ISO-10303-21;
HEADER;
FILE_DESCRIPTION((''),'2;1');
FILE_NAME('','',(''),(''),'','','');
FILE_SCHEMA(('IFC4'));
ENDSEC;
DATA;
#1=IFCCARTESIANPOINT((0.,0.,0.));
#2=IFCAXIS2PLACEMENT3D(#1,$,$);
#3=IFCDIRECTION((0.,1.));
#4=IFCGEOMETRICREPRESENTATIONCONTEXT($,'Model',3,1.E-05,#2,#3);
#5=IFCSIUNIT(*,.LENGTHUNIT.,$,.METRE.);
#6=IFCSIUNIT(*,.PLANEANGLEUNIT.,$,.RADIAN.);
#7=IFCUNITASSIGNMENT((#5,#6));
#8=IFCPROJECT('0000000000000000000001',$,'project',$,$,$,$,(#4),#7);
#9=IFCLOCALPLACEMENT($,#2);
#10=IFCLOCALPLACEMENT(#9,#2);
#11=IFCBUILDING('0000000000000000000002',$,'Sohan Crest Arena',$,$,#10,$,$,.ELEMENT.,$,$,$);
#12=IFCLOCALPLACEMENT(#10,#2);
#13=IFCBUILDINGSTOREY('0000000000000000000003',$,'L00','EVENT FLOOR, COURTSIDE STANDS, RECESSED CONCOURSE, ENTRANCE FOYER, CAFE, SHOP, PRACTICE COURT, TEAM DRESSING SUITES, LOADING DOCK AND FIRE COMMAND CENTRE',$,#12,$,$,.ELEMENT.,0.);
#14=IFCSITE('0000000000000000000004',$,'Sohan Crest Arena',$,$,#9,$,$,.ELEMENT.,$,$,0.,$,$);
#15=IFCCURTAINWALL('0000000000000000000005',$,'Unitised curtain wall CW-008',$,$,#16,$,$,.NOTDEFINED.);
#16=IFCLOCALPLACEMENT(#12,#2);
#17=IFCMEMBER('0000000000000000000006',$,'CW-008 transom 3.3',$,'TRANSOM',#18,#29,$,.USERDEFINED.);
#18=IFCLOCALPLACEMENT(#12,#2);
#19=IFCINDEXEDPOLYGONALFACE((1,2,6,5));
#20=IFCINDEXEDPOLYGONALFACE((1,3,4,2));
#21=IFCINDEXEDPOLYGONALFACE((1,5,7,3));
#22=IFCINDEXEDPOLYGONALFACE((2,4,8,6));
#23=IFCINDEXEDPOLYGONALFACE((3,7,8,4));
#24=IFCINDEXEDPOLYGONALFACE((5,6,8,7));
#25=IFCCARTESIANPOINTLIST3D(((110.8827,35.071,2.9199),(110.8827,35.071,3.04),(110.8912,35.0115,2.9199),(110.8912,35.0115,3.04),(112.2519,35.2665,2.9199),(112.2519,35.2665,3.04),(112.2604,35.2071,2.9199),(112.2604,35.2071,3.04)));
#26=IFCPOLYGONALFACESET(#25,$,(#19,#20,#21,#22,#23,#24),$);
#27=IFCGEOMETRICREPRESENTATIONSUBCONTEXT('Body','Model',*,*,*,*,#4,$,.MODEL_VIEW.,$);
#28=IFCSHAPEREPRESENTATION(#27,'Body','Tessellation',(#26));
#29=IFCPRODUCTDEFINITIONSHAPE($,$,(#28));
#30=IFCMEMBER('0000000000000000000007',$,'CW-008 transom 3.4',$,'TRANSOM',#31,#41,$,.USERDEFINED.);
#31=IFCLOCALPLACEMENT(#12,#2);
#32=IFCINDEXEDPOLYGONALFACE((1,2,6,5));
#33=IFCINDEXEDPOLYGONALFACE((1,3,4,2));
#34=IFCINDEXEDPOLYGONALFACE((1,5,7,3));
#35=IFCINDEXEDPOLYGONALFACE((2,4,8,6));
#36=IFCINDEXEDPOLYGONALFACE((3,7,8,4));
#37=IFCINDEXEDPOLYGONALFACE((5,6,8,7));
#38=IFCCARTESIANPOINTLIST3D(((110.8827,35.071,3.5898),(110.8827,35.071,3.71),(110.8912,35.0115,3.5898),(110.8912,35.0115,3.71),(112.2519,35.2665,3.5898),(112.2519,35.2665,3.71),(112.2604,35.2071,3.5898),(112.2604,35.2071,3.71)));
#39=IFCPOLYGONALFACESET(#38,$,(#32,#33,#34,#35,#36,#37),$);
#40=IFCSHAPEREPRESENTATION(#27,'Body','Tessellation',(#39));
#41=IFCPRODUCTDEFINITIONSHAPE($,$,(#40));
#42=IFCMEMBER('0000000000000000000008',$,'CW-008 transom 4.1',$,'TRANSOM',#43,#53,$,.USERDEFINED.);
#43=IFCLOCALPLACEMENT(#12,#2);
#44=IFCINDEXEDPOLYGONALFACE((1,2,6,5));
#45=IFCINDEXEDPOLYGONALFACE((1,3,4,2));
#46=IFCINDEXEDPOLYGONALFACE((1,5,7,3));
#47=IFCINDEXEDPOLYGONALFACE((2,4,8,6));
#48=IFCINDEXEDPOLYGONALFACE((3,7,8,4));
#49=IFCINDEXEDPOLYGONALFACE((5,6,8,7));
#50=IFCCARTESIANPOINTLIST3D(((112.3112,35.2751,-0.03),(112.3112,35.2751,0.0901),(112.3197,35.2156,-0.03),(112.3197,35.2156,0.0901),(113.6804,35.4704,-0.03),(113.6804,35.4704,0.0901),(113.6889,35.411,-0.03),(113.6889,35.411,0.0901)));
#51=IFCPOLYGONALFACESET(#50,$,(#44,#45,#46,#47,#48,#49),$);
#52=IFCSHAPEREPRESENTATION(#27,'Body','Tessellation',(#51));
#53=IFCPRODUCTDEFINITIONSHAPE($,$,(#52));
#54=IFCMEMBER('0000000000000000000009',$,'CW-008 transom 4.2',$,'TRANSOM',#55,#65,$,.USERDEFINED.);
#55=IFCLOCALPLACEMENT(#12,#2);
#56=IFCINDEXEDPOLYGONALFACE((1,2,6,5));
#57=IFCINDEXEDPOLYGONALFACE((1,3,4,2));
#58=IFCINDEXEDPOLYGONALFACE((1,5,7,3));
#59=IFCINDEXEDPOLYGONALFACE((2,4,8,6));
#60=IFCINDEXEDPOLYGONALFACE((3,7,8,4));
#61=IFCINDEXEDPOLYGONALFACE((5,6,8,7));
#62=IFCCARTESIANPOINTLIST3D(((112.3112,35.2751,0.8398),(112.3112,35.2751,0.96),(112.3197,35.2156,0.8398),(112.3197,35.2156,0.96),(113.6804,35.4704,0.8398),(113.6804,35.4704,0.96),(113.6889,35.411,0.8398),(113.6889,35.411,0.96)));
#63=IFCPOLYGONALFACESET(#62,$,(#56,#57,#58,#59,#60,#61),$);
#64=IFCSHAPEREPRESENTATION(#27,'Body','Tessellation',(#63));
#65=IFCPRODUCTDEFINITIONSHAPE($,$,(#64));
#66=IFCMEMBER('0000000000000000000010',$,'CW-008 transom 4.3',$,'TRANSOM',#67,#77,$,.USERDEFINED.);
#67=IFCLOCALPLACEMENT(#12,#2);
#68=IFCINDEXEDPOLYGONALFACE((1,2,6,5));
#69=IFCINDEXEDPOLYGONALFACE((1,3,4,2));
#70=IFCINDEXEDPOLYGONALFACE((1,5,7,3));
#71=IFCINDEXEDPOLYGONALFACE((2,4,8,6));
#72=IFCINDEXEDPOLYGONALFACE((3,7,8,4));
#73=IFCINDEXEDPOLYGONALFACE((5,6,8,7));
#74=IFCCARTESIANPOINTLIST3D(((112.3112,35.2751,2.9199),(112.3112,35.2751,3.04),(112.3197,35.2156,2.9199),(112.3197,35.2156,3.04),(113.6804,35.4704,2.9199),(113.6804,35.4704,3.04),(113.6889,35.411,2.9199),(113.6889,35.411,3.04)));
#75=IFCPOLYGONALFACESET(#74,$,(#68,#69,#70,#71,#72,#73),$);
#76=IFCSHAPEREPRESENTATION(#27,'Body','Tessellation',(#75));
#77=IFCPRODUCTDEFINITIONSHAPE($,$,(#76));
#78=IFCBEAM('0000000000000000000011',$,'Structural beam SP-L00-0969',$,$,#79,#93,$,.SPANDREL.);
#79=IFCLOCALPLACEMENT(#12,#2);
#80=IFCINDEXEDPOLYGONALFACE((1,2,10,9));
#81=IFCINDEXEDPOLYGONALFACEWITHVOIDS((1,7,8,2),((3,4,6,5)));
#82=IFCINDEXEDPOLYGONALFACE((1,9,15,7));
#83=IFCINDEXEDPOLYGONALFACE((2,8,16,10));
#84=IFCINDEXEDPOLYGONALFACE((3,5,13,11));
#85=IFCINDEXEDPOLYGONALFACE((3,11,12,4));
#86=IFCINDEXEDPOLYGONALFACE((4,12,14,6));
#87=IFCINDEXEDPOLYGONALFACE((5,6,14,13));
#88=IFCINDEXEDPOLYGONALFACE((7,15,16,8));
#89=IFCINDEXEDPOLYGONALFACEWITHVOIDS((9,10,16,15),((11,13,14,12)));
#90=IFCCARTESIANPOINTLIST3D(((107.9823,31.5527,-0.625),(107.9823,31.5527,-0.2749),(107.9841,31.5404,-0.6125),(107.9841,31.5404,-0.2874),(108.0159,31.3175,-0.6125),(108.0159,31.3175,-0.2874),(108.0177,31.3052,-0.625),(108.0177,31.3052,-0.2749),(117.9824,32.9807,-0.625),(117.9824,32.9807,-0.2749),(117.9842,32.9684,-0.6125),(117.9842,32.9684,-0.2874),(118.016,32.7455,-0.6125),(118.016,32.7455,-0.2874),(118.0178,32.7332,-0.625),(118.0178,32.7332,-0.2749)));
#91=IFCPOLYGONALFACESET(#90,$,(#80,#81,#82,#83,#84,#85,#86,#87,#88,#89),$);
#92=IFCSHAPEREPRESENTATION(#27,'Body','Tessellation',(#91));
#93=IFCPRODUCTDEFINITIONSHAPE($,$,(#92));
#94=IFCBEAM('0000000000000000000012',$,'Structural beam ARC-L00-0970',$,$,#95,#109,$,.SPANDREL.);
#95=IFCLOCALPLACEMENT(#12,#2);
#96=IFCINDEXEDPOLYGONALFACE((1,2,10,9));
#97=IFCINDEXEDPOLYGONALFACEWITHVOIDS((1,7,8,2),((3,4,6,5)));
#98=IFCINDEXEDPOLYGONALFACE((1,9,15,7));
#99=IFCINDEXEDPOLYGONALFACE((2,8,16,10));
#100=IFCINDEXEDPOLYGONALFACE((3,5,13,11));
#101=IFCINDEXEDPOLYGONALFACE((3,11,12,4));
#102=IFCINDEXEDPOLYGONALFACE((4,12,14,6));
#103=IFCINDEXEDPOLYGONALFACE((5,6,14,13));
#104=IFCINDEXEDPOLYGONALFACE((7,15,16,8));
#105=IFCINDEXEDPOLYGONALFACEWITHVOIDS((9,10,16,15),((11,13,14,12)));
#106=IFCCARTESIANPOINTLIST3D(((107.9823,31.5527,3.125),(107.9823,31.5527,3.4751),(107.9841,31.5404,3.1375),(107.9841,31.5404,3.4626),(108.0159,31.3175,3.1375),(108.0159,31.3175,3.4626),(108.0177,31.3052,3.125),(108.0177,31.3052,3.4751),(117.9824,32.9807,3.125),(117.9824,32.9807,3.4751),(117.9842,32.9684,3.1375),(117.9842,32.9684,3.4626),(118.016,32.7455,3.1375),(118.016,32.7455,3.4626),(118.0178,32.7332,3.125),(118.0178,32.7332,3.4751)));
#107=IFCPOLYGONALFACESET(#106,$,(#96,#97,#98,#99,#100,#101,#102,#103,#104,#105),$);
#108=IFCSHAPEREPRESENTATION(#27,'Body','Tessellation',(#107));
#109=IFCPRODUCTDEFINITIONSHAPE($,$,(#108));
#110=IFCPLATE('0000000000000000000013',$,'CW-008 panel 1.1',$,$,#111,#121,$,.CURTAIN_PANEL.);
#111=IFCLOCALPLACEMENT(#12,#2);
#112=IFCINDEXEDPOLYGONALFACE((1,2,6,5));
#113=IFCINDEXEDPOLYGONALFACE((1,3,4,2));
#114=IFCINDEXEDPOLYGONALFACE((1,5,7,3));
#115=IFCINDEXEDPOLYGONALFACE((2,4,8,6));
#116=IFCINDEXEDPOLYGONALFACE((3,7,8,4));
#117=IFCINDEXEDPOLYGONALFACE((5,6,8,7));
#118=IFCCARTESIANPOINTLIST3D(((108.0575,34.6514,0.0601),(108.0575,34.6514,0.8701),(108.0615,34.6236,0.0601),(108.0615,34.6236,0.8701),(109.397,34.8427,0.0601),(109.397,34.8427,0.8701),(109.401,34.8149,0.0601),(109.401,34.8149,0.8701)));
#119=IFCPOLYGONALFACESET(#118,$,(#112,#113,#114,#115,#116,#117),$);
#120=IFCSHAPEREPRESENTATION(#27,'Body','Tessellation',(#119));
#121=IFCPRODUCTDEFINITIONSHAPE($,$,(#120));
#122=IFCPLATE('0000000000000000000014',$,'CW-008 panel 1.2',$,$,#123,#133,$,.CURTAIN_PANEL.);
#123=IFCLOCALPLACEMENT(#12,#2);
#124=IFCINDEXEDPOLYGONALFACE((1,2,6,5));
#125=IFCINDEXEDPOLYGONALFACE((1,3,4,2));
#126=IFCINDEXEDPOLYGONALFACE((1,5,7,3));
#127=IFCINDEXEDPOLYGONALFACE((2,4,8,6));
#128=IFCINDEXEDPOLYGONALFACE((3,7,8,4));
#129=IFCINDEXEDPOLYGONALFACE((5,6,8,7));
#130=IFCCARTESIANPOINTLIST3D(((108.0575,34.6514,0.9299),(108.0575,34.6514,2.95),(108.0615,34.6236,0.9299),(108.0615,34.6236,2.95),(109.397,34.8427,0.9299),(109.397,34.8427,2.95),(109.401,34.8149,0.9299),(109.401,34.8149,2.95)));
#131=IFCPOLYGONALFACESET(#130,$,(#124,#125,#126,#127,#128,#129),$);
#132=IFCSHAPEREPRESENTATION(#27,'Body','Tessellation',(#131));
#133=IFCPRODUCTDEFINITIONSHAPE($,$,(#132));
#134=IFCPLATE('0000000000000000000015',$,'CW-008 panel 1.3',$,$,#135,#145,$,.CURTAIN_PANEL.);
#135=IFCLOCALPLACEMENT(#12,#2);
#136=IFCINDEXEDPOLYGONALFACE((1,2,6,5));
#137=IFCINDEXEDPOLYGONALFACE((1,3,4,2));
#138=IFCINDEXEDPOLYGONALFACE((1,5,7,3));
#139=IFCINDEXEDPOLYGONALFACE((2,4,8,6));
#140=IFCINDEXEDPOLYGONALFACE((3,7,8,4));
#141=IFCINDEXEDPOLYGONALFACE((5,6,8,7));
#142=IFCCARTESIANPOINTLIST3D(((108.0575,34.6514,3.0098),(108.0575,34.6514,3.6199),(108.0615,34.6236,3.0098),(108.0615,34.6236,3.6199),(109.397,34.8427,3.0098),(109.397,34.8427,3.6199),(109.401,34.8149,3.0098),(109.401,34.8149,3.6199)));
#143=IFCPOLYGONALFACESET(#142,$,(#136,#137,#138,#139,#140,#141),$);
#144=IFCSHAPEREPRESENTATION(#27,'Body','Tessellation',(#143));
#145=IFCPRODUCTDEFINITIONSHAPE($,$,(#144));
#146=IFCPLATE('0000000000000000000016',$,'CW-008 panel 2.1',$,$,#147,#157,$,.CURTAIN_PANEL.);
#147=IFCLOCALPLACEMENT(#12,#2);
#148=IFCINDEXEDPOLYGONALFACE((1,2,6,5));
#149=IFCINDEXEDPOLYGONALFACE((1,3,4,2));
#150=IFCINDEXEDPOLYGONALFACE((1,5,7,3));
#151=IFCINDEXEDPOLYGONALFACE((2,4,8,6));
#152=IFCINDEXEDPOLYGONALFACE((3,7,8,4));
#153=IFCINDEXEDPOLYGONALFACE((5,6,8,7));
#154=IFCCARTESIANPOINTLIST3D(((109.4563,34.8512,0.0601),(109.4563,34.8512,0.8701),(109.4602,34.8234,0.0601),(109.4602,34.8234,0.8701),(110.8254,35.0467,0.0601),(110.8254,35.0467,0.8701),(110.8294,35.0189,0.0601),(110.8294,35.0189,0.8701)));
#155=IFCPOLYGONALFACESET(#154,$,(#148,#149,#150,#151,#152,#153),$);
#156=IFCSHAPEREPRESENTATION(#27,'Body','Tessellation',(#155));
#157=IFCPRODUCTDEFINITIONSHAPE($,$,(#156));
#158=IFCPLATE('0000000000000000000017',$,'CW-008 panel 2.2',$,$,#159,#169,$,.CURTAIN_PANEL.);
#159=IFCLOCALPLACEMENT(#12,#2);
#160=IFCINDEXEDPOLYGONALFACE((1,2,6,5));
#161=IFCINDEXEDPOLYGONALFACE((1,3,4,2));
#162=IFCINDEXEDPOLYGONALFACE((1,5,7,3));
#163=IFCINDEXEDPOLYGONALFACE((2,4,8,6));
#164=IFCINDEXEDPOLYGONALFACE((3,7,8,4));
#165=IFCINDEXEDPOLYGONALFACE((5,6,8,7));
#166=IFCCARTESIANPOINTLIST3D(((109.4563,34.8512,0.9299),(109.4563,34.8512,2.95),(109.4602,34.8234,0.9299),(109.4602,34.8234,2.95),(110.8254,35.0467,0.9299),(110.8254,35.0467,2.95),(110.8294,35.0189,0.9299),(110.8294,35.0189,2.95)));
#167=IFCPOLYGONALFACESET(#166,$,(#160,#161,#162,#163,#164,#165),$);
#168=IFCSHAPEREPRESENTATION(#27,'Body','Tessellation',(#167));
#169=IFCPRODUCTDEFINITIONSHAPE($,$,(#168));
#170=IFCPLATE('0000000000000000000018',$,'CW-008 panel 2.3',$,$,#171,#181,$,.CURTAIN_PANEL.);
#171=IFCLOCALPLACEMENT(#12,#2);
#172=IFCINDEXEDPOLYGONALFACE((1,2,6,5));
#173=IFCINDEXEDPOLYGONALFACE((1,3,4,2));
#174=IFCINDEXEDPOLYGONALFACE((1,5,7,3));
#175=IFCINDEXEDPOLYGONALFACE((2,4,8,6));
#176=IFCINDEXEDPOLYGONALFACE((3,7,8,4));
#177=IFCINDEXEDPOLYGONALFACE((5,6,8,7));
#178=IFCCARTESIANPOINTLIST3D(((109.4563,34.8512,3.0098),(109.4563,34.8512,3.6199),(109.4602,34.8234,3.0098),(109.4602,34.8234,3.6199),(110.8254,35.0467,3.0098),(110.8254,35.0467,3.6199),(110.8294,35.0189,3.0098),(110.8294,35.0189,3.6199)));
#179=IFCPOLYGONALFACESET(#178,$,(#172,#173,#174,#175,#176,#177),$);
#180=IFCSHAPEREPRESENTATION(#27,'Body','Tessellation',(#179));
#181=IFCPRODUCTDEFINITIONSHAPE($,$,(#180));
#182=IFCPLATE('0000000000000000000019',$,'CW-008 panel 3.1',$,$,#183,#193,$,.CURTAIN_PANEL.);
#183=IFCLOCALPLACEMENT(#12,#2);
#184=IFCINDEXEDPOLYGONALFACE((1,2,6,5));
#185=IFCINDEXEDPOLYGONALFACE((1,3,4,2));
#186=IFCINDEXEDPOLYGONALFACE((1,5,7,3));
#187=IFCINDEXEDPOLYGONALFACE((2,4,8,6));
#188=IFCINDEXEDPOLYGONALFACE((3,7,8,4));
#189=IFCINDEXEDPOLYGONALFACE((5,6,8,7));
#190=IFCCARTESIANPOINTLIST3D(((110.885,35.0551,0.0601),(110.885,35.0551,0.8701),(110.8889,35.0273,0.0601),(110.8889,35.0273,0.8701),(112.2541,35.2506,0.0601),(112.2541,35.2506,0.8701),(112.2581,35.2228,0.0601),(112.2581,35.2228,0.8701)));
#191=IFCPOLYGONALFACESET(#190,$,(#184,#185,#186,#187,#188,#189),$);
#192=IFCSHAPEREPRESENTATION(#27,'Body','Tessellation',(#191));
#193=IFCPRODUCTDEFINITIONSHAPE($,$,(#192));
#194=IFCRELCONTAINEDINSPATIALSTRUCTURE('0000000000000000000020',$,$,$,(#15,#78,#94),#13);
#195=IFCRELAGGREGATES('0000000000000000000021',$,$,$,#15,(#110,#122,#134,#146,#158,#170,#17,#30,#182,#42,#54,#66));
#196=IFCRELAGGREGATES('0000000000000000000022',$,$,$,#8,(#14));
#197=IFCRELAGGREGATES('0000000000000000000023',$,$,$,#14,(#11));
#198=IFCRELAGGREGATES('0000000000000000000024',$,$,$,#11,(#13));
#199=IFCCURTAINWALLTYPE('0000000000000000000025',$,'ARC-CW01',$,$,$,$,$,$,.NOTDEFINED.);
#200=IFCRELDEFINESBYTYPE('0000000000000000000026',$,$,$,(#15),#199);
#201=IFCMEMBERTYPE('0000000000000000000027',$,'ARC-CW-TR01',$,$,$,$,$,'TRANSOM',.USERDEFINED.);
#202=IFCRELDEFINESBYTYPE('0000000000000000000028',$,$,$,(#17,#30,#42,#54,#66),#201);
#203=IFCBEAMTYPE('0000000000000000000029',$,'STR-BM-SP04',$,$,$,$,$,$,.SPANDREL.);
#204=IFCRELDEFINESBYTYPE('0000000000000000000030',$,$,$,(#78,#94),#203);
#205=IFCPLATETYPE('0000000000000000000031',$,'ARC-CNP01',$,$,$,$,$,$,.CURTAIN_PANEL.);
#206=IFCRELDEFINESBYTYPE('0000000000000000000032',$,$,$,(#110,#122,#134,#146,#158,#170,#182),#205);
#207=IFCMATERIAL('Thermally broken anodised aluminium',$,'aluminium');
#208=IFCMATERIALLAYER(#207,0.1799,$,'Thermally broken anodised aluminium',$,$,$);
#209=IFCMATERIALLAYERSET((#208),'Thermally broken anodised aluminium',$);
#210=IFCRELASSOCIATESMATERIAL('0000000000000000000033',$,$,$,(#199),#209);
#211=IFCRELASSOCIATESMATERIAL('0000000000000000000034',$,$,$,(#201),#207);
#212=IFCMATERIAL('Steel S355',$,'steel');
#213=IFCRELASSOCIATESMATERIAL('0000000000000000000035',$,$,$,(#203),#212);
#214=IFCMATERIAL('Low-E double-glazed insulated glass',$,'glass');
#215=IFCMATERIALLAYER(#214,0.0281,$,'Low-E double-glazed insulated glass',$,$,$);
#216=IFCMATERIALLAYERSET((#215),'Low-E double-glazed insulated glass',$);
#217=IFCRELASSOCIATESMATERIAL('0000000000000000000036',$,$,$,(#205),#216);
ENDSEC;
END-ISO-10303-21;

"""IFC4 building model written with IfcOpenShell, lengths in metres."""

from ifc_helpers import new_model, si_unit, direction, frame, origin, origin_2d, place, context, subcontext, project, spatial, rectangle, hollow_rectangle, extrude, material, layer, layer_set, material_profile, profile_set, type_object, element, aggregate, save


model = new_model("IFC4")

# Units and contexts
model_context = context("Model", 3, precision=1e-05, world=origin(), true_north=direction((0.0, 1.0)))
body_context = subcontext(model_context, "Body", "Model", "MODEL_VIEW")
ifc_project = project(units=[si_unit("LENGTHUNIT", "METRE"), si_unit("PLANEANGLEUNIT", "RADIAN")], contexts=[model_context])

# Site, building, storey
site_placement = place(None, origin())
site = spatial("IfcSite", under=ifc_project, at=site_placement, Name="Sohan Crest Arena", CompositionType="ELEMENT", RefElevation=0.0)
building_placement = place(site_placement, origin())
building = spatial("IfcBuilding", under=site, at=building_placement, Name="Sohan Crest Arena", CompositionType="ELEMENT")
storey_placement = place(building_placement, origin())
storey = spatial("IfcBuildingStorey", under=building, at=storey_placement, Name="L00", Description="EVENT FLOOR, COURTSIDE STANDS, RECESSED CONCOURSE, ENTRANCE FOYER, CAFE, SHOP, PRACTICE COURT, TEAM DRESSING SUITES, LOADING DOCK AND FIRE COMMAND CENTRE", CompositionType="ELEMENT", Elevation=0.0)

# Curtain wall, members
ifc_material_1 = material(Name="Thermally broken anodised aluminium", Category="aluminium")
ifc_layer_1 = layer(ifc_material_1, 0.1799, Name="Thermally broken anodised aluminium")
ifc_layer_set_1 = layer_set([ifc_layer_1], Name="Thermally broken anodised aluminium")
curtain_wall_type = type_object("IfcCurtainWallType", Name="ARC-CW01", PredefinedType="NOTDEFINED", material=ifc_layer_set_1)
curtain_wall_placement = place(storey_placement, origin())
curtain_wall = element("IfcCurtainWall", 1, at=curtain_wall_placement, inside=storey, type_object=curtain_wall_type, Name="Unitised curtain wall CW-008", PredefinedType="NOTDEFINED")
ifc_material_profile_1 = material_profile(ifc_material_1, rectangle(XDim=0.0601, YDim=0.1201, at=origin_2d()), Name="ALU-TRAN 60x120")
ifc_profile_set_1 = profile_set([ifc_material_profile_1], Name="Thermally broken anodised aluminium")
member_type_1 = type_object("IfcMemberType", Name="ARC-CW-TR01", ElementType="TRANSOM", PredefinedType="USERDEFINED", material=ifc_profile_set_1)
member_1_placement = place(storey_placement, frame((110.887, 35.0413, 2.98), z_axis=(0.989953, 0.141397, 0.0), x_axis=(-0.141397, 0.989953, 0.0)))
member_1 = element("IfcMember", 2, at=member_1_placement, type_object=member_type_1, Name="CW-008 transom 3.3", ObjectType="TRANSOM", PredefinedType="USERDEFINED", context=body_context, shape_type="SweptSolid", body=[
    extrude(rectangle(XDim=0.0601, YDim=0.1201, at=origin_2d()), origin(), (0.0, 0.0, 1.0), 1.3831),
])
member_2_placement = place(storey_placement, frame((110.887, 35.0413, 3.6499), z_axis=(0.989953, 0.141397, 0.0), x_axis=(-0.141397, 0.989953, 0.0)))
member_2 = element("IfcMember", 3, at=member_2_placement, type_object=member_type_1, Name="CW-008 transom 3.4", ObjectType="TRANSOM", PredefinedType="USERDEFINED", context=body_context, shape_type="SweptSolid", body=[
    extrude(rectangle(XDim=0.0601, YDim=0.1201, at=origin_2d()), origin(), (0.0, 0.0, 1.0), 1.3831),
])
member_3_placement = place(storey_placement, frame((112.3154, 35.2454, 0.03), z_axis=(0.989978, 0.141224, 0.0), x_axis=(-0.141224, 0.989978, 0.0)))
member_3 = element("IfcMember", 4, at=member_3_placement, type_object=member_type_1, Name="CW-008 transom 4.1", ObjectType="TRANSOM", PredefinedType="USERDEFINED", context=body_context, shape_type="SweptSolid", body=[
    extrude(rectangle(XDim=0.0601, YDim=0.1201, at=origin_2d()), origin(), (0.0, 0.0, 1.0), 1.3831),
])
member_4_placement = place(storey_placement, frame((112.3154, 35.2454, 0.8999), z_axis=(0.989978, 0.141224, 0.0), x_axis=(-0.141224, 0.989978, 0.0)))
member_4 = element("IfcMember", 5, at=member_4_placement, type_object=member_type_1, Name="CW-008 transom 4.2", ObjectType="TRANSOM", PredefinedType="USERDEFINED", context=body_context, shape_type="SweptSolid", body=[
    extrude(rectangle(XDim=0.0601, YDim=0.1201, at=origin_2d()), origin(), (0.0, 0.0, 1.0), 1.3831),
])
member_5_placement = place(storey_placement, frame((112.3154, 35.2454, 2.98), z_axis=(0.989978, 0.141224, 0.0), x_axis=(-0.141224, 0.989978, 0.0)))
member_5 = element("IfcMember", 6, at=member_5_placement, type_object=member_type_1, Name="CW-008 transom 4.3", ObjectType="TRANSOM", PredefinedType="USERDEFINED", context=body_context, shape_type="SweptSolid", body=[
    extrude(rectangle(XDim=0.0601, YDim=0.1201, at=origin_2d()), origin(), (0.0, 0.0, 1.0), 1.3831),
])

# Beams
ifc_material_2 = material(Name="Steel S355", Category="steel")
ifc_material_profile_2 = material_profile(ifc_material_2, hollow_rectangle(XDim=0.25, YDim=0.3501, WallThickness=0.0125, at=origin_2d()), Name="RHS 350x250x12.5")
ifc_profile_set_2 = profile_set([ifc_material_profile_2], Name="Steel S355")
beam_type = type_object("IfcBeamType", Name="STR-BM-SP04", PredefinedType="SPANDREL", material=ifc_profile_set_2)
for number, where, z_axis, x_axis, name in (
    (7, (108.0, 31.429, -0.45), (0.989958, 0.141364, 0.0), (-0.141364, 0.989958, 0.0), "Structural beam SP-L00-0969"),
    (8, (108.0, 31.429, 3.3), (0.989958, 0.141364, 0.0), (-0.141364, 0.989958, 0.0), "Structural beam ARC-L00-0970"),
):
    element("IfcBeam", number, at=place(storey_placement, frame(where, z_axis=z_axis, x_axis=x_axis)), inside=storey, type_object=beam_type, Name=name, PredefinedType="SPANDREL", context=body_context, shape_type="SweptSolid", body=[
        extrude(hollow_rectangle(XDim=0.25, YDim=0.3501, WallThickness=0.0125, at=origin_2d()), origin(), (0.0, 0.0, 1.0), 10.1016),
    ])

# Plates
ifc_material_3 = material(Name="Low-E double-glazed insulated glass", Category="glass")
ifc_layer_2 = layer(ifc_material_3, 0.0281, Name="Low-E double-glazed insulated glass")
ifc_layer_set_2 = layer_set([ifc_layer_2], Name="Low-E double-glazed insulated glass")
plate_type = type_object("IfcPlateType", Name="ARC-CNP01", PredefinedType="CURTAIN_PANEL", material=ifc_layer_set_2)
plate_1_placement = place(storey_placement, frame((108.7292, 34.7332, 0.0601), z_axis=(0.0, 0.0, 1.0), x_axis=(0.989957, 0.141366, 0.0)))
plate_1 = element("IfcPlate", 9, at=plate_1_placement, type_object=plate_type, Name="CW-008 panel 1.1", PredefinedType="CURTAIN_PANEL", context=body_context, shape_type="SweptSolid", body=[
    extrude(rectangle(XDim=1.353, YDim=0.0281, at=origin_2d()), origin(), (0.0, 0.0, 1.0), 0.8101),
])
plate_2_placement = place(storey_placement, frame((108.7292, 34.7332, 0.9299), z_axis=(0.0, 0.0, 1.0), x_axis=(0.989957, 0.141366, 0.0)))
plate_2 = element("IfcPlate", 10, at=plate_2_placement, type_object=plate_type, Name="CW-008 panel 1.2", PredefinedType="CURTAIN_PANEL", context=body_context, shape_type="SweptSolid", body=[
    extrude(rectangle(XDim=1.353, YDim=0.0281, at=origin_2d()), origin(), (0.0, 0.0, 1.0), 2.02),
])
plate_3_placement = place(storey_placement, frame((108.7292, 34.7332, 3.0098), z_axis=(0.0, 0.0, 1.0), x_axis=(0.989957, 0.141366, 0.0)))
plate_3 = element("IfcPlate", 11, at=plate_3_placement, type_object=plate_type, Name="CW-008 panel 1.3", PredefinedType="CURTAIN_PANEL", context=body_context, shape_type="SweptSolid", body=[
    extrude(rectangle(XDim=1.353, YDim=0.0281, at=origin_2d()), origin(), (0.0, 0.0, 1.0), 0.6101),
])
plate_4_placement = place(storey_placement, frame((110.1428, 34.9351, 0.0601), z_axis=(0.0, 0.0, 1.0), x_axis=(0.989957, 0.141366, 0.0)))
plate_4 = element("IfcPlate", 12, at=plate_4_placement, type_object=plate_type, Name="CW-008 panel 2.1", PredefinedType="CURTAIN_PANEL", context=body_context, shape_type="SweptSolid", body=[
    extrude(rectangle(XDim=1.3831, YDim=0.0281, at=origin_2d()), origin(), (0.0, 0.0, 1.0), 0.8101),
])
plate_5_placement = place(storey_placement, frame((110.1428, 34.9351, 0.9299), z_axis=(0.0, 0.0, 1.0), x_axis=(0.989957, 0.141366, 0.0)))
plate_5 = element("IfcPlate", 13, at=plate_5_placement, type_object=plate_type, Name="CW-008 panel 2.2", PredefinedType="CURTAIN_PANEL", context=body_context, shape_type="SweptSolid", body=[
    extrude(rectangle(XDim=1.3831, YDim=0.0281, at=origin_2d()), origin(), (0.0, 0.0, 1.0), 2.02),
])
plate_6_placement = place(storey_placement, frame((110.1428, 34.9351, 3.0098), z_axis=(0.0, 0.0, 1.0), x_axis=(0.989957, 0.141366, 0.0)))
plate_6 = element("IfcPlate", 14, at=plate_6_placement, type_object=plate_type, Name="CW-008 panel 2.3", PredefinedType="CURTAIN_PANEL", context=body_context, shape_type="SweptSolid", body=[
    extrude(rectangle(XDim=1.3831, YDim=0.0281, at=origin_2d()), origin(), (0.0, 0.0, 1.0), 0.6101),
])
plate_7_placement = place(storey_placement, frame((111.5715, 35.1389, 0.0601), z_axis=(0.0, 0.0, 1.0), x_axis=(0.989957, 0.141366, 0.0)))
plate_7 = element("IfcPlate", 15, at=plate_7_placement, type_object=plate_type, Name="CW-008 panel 3.1", PredefinedType="CURTAIN_PANEL", context=body_context, shape_type="SweptSolid", body=[
    extrude(rectangle(XDim=1.3831, YDim=0.0281, at=origin_2d()), origin(), (0.0, 0.0, 1.0), 0.8101),
])
aggregate(curtain_wall, [plate_1, plate_2, plate_3, plate_4, plate_5, plate_6, member_1, member_2, plate_7, member_3, member_4, member_5])

save(model, "model.ifc")
